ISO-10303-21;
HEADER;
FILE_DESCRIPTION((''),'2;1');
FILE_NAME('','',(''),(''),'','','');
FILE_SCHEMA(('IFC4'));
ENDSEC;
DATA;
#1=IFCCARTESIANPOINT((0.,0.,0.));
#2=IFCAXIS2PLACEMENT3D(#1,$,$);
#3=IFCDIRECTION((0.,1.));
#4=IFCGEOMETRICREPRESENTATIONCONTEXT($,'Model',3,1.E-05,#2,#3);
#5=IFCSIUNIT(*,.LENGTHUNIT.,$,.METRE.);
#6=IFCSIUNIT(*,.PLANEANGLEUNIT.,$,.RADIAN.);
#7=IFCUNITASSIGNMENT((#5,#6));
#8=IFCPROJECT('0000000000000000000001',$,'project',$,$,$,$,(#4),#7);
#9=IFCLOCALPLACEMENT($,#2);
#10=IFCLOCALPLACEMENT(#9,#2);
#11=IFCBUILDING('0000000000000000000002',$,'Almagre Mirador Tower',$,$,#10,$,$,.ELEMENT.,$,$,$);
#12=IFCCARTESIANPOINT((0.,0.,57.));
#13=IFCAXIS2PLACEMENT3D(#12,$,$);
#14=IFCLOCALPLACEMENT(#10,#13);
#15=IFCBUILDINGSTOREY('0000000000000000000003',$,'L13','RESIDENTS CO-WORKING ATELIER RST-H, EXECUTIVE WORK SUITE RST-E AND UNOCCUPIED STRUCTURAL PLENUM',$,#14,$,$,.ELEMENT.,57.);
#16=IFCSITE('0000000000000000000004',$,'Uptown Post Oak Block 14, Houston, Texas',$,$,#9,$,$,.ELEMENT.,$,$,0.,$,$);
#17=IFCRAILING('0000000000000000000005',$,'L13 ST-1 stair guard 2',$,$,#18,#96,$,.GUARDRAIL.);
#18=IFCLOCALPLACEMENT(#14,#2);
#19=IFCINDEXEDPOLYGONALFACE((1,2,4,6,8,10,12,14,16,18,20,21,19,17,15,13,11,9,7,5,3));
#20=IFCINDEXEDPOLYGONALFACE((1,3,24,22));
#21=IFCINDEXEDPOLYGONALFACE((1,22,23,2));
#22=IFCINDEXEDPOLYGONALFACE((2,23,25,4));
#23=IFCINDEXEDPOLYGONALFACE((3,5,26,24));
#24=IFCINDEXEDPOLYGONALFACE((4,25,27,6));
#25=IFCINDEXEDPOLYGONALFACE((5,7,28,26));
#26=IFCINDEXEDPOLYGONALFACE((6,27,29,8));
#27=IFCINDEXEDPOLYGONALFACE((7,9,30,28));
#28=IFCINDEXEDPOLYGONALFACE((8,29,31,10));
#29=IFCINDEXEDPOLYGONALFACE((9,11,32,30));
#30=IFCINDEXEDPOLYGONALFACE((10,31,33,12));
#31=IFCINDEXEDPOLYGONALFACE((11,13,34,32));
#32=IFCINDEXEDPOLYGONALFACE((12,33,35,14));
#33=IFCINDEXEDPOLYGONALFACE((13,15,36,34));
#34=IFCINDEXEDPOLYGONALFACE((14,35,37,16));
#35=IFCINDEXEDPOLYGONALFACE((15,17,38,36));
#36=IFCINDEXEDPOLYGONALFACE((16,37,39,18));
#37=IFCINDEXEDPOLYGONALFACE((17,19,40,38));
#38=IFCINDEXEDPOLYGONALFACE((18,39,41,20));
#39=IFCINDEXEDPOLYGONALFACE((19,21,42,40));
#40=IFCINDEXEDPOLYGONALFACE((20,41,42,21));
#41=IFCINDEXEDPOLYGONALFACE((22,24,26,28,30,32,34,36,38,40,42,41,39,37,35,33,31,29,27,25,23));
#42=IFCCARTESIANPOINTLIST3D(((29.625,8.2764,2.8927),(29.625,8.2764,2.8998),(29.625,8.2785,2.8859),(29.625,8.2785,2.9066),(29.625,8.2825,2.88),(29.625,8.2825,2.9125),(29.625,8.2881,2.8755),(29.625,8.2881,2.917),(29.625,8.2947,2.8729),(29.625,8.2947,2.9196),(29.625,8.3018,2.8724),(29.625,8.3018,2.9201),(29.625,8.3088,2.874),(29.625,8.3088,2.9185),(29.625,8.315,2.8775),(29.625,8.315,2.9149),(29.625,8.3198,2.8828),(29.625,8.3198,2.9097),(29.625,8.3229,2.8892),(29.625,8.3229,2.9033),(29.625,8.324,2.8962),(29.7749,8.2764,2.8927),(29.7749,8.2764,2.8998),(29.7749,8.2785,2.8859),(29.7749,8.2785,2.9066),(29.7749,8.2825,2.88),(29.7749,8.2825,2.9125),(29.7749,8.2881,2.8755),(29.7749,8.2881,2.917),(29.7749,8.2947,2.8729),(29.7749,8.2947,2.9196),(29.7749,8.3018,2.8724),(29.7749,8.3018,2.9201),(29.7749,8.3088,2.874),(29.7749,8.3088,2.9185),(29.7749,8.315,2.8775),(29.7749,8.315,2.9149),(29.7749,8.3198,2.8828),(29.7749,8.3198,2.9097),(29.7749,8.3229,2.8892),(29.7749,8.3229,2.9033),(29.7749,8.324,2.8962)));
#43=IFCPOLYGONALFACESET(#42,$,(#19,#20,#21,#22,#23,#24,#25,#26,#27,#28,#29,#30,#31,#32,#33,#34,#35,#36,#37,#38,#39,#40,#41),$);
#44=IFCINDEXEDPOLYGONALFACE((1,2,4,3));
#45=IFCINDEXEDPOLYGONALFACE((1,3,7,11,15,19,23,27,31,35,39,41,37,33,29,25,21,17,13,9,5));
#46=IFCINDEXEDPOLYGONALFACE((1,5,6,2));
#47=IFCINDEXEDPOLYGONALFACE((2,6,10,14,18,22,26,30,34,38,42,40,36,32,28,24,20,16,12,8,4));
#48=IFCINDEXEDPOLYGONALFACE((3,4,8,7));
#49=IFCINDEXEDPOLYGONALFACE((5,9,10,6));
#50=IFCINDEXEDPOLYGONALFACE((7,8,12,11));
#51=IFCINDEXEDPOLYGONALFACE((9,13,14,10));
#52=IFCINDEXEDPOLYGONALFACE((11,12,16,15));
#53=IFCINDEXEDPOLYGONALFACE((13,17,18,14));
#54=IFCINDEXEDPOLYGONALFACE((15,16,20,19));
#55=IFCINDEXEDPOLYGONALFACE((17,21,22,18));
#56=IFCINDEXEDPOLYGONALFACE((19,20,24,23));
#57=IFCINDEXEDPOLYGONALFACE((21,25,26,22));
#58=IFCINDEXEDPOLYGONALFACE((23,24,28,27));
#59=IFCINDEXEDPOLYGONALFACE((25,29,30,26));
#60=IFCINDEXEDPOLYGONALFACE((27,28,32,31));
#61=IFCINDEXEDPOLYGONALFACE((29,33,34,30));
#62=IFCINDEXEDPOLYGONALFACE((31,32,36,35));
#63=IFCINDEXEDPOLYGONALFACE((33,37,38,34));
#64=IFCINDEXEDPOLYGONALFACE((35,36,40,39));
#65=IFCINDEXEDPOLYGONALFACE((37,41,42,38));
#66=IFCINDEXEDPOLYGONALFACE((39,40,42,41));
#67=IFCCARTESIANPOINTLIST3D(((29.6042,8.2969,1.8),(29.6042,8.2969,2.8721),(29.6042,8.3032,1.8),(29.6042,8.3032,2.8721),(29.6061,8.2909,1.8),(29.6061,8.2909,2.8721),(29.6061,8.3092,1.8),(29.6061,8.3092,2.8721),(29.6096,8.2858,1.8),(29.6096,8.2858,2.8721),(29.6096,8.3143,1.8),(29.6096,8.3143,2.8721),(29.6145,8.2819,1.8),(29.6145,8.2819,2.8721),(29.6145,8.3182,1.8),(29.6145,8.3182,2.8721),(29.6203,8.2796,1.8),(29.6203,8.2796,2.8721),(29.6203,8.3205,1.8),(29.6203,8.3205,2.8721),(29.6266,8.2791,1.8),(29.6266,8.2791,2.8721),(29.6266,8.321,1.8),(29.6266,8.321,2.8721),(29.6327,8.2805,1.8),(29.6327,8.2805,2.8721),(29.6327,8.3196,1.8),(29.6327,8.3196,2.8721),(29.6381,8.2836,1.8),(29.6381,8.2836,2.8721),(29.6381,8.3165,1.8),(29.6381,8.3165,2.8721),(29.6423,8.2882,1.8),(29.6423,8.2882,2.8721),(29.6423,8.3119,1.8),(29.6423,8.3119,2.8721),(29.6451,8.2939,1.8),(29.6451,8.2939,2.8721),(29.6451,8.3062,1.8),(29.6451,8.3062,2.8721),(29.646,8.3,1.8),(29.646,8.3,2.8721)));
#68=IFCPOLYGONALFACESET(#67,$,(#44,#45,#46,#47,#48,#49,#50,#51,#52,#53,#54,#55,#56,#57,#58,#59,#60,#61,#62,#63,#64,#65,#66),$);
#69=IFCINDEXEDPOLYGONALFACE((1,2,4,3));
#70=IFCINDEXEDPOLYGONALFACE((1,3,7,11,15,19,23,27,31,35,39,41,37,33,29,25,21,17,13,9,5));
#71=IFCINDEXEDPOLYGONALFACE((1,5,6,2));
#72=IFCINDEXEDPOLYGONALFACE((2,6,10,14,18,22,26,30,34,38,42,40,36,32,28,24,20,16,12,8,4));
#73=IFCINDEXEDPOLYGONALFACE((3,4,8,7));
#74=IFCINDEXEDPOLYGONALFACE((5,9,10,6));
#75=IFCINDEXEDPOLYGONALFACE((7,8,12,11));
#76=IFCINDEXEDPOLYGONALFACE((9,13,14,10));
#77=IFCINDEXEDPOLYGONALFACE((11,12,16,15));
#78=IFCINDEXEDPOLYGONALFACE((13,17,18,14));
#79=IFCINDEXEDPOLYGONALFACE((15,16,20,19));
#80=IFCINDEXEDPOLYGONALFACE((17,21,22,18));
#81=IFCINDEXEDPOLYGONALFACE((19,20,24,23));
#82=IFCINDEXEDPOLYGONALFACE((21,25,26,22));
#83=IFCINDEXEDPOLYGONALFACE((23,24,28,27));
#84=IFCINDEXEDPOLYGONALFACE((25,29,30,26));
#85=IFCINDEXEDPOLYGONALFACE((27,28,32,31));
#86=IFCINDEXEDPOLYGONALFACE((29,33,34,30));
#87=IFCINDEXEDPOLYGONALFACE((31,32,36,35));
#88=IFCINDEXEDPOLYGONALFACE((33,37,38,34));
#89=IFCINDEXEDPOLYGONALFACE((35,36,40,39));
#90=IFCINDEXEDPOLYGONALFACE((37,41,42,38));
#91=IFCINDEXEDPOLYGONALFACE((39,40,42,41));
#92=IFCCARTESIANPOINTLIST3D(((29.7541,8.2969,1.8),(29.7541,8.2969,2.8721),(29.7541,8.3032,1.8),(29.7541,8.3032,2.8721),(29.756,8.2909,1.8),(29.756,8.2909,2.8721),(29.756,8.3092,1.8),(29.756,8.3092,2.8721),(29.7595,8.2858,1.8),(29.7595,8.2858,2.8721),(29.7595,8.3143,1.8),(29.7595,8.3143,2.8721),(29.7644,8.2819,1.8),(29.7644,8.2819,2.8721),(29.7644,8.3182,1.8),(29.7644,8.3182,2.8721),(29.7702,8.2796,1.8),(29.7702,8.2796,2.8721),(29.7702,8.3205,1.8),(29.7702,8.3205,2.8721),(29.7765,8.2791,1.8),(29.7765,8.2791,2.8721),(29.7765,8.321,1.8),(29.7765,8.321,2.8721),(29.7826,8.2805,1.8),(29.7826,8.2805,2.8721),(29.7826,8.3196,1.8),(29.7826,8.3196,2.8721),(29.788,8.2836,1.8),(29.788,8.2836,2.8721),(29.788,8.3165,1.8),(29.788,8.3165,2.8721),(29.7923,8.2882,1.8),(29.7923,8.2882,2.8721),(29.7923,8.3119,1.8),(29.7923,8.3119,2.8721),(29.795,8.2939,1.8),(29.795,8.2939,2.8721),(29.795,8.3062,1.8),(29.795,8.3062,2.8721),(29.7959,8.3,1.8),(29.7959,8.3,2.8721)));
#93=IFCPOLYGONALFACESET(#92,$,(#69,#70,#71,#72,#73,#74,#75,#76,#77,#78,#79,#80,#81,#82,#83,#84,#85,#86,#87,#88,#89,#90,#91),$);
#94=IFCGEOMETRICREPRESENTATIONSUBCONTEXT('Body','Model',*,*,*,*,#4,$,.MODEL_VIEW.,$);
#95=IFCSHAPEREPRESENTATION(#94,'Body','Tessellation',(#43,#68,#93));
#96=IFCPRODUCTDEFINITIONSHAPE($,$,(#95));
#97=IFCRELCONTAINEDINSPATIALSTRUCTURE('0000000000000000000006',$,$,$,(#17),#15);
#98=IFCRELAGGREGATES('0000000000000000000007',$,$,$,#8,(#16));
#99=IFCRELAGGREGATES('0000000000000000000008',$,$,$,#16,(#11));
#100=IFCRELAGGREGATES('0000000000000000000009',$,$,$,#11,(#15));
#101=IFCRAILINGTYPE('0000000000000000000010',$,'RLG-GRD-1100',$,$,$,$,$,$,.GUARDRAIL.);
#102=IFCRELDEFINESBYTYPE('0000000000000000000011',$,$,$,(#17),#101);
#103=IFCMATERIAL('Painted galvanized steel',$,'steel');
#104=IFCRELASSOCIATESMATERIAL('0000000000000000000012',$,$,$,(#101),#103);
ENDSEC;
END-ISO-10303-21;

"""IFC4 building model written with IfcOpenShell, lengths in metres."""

from ifc_helpers import new_model, si_unit, direction, frame, origin, origin_2d, place, context, subcontext, project, spatial, circle, extrude, material, type_object, element, save


model = new_model("IFC4")

# Units and contexts
model_context = context("Model", 3, precision=1e-05, world=origin(), true_north=direction((0.0, 1.0)))
body_context = subcontext(model_context, "Body", "Model", "MODEL_VIEW")
ifc_project = project(units=[si_unit("LENGTHUNIT", "METRE"), si_unit("PLANEANGLEUNIT", "RADIAN")], contexts=[model_context])

# Site, building, storey
site_placement = place(None, origin())
site = spatial("IfcSite", under=ifc_project, at=site_placement, Name="Uptown Post Oak Block 14, Houston, Texas", CompositionType="ELEMENT", RefElevation=0.0)
building_placement = place(site_placement, origin())
building = spatial("IfcBuilding", under=site, at=building_placement, Name="Almagre Mirador Tower", CompositionType="ELEMENT")
storey_placement = place(building_placement, frame((0.0, 0.0, 57.0)))
storey = spatial("IfcBuildingStorey", under=building, at=storey_placement, Name="L13", Description="RESIDENTS CO-WORKING ATELIER RST-H, EXECUTIVE WORK SUITE RST-E AND UNOCCUPIED STRUCTURAL PLENUM", CompositionType="ELEMENT", Elevation=57.0)

# Railing
ifc_material_1 = material(Name="Painted galvanized steel", Category="steel")
railing_type_1 = type_object("IfcRailingType", Name="RLG-GRD-1100", PredefinedType="GUARDRAIL", material=ifc_material_1)
railing_1_placement = place(storey_placement, frame((29.625, 8.3, 1.8)))
element("IfcRailing", 1, at=railing_1_placement, inside=storey, type_object=railing_type_1, Name="L13 ST-1 stair guard 2", PredefinedType="GUARDRAIL", context=body_context, shape_type="SweptSolid", body=[
    extrude(circle(Radius=0.0239, at=origin_2d()), frame((0.0, 0.0, 1.0962), z_axis=(1.0, 0.0, 0.0), x_axis=(0.0, 1.0, 0.0)), (0.0, 0.0, 1.0), 0.1499),
    extrude(circle(Radius=0.021, at=origin_2d()), origin(), (0.0, 0.0, 1.0), 1.072),
    extrude(circle(Radius=0.021, at=origin_2d()), frame((0.1499, 0.0, 0.0)), (0.0, 0.0, 1.0), 1.072),
])

save(model, "model.ifc")
